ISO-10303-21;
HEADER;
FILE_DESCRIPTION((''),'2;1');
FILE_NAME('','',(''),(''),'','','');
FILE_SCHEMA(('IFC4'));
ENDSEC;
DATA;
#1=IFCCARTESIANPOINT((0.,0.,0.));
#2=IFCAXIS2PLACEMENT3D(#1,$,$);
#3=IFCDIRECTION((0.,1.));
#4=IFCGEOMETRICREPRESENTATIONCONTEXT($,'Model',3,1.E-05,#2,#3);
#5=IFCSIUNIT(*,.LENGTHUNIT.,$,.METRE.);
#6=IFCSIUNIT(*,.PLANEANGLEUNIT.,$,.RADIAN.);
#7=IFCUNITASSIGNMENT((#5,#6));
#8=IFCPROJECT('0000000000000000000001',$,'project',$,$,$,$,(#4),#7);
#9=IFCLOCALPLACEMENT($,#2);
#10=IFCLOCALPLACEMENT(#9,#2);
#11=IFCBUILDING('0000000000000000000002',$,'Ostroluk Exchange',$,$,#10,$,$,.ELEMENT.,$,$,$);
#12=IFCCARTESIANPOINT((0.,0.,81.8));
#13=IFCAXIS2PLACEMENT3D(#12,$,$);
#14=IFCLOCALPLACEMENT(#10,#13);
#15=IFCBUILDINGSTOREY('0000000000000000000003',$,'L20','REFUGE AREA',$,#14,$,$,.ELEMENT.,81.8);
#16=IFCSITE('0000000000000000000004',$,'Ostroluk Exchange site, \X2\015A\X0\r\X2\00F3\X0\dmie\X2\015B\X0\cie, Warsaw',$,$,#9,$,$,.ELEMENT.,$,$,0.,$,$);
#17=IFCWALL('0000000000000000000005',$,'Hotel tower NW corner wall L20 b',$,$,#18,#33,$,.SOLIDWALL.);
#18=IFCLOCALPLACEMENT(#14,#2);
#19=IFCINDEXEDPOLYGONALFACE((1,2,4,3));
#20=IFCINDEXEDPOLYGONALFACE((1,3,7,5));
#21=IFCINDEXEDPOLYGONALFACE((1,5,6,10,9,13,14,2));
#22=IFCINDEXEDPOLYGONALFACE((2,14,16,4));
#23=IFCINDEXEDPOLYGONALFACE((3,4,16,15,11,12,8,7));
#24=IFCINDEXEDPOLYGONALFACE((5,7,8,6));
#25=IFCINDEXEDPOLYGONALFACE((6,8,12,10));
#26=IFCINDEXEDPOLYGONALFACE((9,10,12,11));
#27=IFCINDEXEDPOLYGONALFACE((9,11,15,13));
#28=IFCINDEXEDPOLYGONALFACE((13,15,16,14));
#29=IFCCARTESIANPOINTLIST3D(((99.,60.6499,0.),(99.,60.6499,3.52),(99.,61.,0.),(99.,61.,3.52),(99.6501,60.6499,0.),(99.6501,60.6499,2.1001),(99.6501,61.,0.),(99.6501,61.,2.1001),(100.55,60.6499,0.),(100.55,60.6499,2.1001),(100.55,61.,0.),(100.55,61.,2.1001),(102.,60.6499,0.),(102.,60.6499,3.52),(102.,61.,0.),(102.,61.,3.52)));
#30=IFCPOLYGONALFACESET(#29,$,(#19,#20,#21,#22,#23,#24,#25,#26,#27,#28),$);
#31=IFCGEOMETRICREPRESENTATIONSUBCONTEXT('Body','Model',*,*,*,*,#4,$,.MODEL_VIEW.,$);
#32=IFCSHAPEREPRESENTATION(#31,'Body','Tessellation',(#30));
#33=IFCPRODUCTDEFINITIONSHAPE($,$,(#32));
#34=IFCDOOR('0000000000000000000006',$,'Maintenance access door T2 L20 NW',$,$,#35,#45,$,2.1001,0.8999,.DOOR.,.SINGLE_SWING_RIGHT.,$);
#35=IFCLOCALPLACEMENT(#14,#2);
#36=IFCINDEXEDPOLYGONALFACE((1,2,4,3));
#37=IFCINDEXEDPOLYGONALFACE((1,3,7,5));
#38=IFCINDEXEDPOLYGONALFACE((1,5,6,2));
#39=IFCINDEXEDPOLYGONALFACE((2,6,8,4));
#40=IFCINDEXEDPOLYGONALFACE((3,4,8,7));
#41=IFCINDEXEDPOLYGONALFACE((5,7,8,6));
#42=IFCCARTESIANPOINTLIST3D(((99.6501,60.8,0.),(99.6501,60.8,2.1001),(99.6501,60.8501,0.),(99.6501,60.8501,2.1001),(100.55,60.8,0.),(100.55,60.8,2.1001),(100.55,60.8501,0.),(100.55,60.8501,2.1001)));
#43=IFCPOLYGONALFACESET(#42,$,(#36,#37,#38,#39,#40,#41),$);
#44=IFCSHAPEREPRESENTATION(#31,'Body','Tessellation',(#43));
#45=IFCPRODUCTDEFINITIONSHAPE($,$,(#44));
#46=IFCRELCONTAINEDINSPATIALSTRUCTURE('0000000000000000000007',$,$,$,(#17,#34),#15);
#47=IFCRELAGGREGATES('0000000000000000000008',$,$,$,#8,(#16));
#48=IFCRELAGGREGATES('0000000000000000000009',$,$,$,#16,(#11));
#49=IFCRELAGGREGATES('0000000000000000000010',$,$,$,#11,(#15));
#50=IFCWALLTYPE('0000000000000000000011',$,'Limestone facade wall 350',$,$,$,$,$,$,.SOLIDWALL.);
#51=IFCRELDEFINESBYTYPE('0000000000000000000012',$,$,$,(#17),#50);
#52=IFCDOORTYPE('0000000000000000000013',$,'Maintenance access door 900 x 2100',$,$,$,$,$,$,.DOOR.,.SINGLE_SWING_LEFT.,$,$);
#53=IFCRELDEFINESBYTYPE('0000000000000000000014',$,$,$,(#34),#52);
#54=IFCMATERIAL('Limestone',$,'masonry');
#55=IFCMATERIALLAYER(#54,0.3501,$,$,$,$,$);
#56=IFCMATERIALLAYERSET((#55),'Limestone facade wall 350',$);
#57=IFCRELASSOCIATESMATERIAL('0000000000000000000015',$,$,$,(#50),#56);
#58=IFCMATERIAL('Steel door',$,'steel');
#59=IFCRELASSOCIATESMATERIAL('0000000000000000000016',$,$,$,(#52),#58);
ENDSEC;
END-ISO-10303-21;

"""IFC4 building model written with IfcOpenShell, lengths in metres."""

from ifc_helpers import new_model, si_unit, direction, frame, frame_2d, origin, place, context, subcontext, project, spatial, rectangle, extrude, material, layer, layer_set, type_object, element, fill, save


model = new_model("IFC4")

# Units and contexts
model_context = context("Model", 3, precision=1e-05, world=origin(), true_north=direction((0.0, 1.0)))
body_context = subcontext(model_context, "Body", "Model", "MODEL_VIEW")
ifc_project = project(units=[si_unit("LENGTHUNIT", "METRE"), si_unit("PLANEANGLEUNIT", "RADIAN")], contexts=[model_context])

# Site, building, storey
site_placement = place(None, origin())
site = spatial("IfcSite", under=ifc_project, at=site_placement, Name="Ostroluk Exchange site, Śródmieście, Warsaw", CompositionType="ELEMENT", RefElevation=0.0)
building_placement = place(site_placement, origin())
building = spatial("IfcBuilding", under=site, at=building_placement, Name="Ostroluk Exchange", CompositionType="ELEMENT")
storey_placement = place(building_placement, frame((0.0, 0.0, 81.8)))
storey = spatial("IfcBuildingStorey", under=building, at=storey_placement, Name="L20", Description="REFUGE AREA", CompositionType="ELEMENT", Elevation=81.8)

# Shared definitions
ifc_material_1 = material(Name="Limestone", Category="masonry")
ifc_layer_1 = layer(ifc_material_1, 0.3501)
ifc_layer_set_1 = layer_set([ifc_layer_1], Name="Limestone facade wall 350")
wall_type = type_object("IfcWallType", Name="Limestone facade wall 350", PredefinedType="SOLIDWALL", material=ifc_layer_set_1)

# Wall, opening, door
wall_1_placement = place(storey_placement, frame((102.0, 60.825, 0.0), z_axis=(0.0, 0.0, 1.0), x_axis=(-1.0, 0.0, 0.0)))
wall_1 = element("IfcWall", 1, at=wall_1_placement, inside=storey, type_object=wall_type, Name="Hotel tower NW corner wall L20 b", PredefinedType="SOLIDWALL", context=body_context, shape_type="SweptSolid", body=[
    extrude(rectangle(XDim=3.0, YDim=0.3501, at=frame_2d((1.5, 0.0))), origin(), (0.0, 0.0, 1.0), 3.52),
])
opening_1_placement = place(wall_1_placement, frame((1.45, 0.0, 0.0)))
opening_1 = element("IfcOpeningElement", 2, at=opening_1_placement, cuts=wall_1, PredefinedType="OPENING", context=body_context, shape_type="SweptSolid", body=[
    extrude(rectangle(XDim=0.8999, YDim=2.1001, at=frame_2d((0.45, 1.05))), frame((0.0, 0.1851, 0.0), z_axis=(0.0, -1.0, 0.0), x_axis=(1.0, 0.0, 0.0)), (0.0, 0.0, 1.0), 0.3701),
])
ifc_material_2 = material(Name="Steel door", Category="steel")
door_type = type_object("IfcDoorType", Name="Maintenance access door 900 x 2100", OperationType="SINGLE_SWING_LEFT", PredefinedType="DOOR", material=ifc_material_2)
door_placement = place(opening_1_placement, origin())
door = element("IfcDoor", 3, at=door_placement, inside=storey, type_object=door_type, Name="Maintenance access door T2 L20 NW", OperationType="SINGLE_SWING_RIGHT", OverallHeight=2.1001, OverallWidth=0.8999, PredefinedType="DOOR", context=body_context, shape_type="SweptSolid", body=[
    extrude(rectangle(XDim=0.8999, YDim=2.1001, at=frame_2d((0.45, 1.05))), frame((0.0, 0.0249, 0.0), z_axis=(0.0, -1.0, 0.0), x_axis=(1.0, 0.0, 0.0)), (0.0, 0.0, 1.0), 0.05),
])
fill(opening_1, door)

save(model, "model.ifc")
